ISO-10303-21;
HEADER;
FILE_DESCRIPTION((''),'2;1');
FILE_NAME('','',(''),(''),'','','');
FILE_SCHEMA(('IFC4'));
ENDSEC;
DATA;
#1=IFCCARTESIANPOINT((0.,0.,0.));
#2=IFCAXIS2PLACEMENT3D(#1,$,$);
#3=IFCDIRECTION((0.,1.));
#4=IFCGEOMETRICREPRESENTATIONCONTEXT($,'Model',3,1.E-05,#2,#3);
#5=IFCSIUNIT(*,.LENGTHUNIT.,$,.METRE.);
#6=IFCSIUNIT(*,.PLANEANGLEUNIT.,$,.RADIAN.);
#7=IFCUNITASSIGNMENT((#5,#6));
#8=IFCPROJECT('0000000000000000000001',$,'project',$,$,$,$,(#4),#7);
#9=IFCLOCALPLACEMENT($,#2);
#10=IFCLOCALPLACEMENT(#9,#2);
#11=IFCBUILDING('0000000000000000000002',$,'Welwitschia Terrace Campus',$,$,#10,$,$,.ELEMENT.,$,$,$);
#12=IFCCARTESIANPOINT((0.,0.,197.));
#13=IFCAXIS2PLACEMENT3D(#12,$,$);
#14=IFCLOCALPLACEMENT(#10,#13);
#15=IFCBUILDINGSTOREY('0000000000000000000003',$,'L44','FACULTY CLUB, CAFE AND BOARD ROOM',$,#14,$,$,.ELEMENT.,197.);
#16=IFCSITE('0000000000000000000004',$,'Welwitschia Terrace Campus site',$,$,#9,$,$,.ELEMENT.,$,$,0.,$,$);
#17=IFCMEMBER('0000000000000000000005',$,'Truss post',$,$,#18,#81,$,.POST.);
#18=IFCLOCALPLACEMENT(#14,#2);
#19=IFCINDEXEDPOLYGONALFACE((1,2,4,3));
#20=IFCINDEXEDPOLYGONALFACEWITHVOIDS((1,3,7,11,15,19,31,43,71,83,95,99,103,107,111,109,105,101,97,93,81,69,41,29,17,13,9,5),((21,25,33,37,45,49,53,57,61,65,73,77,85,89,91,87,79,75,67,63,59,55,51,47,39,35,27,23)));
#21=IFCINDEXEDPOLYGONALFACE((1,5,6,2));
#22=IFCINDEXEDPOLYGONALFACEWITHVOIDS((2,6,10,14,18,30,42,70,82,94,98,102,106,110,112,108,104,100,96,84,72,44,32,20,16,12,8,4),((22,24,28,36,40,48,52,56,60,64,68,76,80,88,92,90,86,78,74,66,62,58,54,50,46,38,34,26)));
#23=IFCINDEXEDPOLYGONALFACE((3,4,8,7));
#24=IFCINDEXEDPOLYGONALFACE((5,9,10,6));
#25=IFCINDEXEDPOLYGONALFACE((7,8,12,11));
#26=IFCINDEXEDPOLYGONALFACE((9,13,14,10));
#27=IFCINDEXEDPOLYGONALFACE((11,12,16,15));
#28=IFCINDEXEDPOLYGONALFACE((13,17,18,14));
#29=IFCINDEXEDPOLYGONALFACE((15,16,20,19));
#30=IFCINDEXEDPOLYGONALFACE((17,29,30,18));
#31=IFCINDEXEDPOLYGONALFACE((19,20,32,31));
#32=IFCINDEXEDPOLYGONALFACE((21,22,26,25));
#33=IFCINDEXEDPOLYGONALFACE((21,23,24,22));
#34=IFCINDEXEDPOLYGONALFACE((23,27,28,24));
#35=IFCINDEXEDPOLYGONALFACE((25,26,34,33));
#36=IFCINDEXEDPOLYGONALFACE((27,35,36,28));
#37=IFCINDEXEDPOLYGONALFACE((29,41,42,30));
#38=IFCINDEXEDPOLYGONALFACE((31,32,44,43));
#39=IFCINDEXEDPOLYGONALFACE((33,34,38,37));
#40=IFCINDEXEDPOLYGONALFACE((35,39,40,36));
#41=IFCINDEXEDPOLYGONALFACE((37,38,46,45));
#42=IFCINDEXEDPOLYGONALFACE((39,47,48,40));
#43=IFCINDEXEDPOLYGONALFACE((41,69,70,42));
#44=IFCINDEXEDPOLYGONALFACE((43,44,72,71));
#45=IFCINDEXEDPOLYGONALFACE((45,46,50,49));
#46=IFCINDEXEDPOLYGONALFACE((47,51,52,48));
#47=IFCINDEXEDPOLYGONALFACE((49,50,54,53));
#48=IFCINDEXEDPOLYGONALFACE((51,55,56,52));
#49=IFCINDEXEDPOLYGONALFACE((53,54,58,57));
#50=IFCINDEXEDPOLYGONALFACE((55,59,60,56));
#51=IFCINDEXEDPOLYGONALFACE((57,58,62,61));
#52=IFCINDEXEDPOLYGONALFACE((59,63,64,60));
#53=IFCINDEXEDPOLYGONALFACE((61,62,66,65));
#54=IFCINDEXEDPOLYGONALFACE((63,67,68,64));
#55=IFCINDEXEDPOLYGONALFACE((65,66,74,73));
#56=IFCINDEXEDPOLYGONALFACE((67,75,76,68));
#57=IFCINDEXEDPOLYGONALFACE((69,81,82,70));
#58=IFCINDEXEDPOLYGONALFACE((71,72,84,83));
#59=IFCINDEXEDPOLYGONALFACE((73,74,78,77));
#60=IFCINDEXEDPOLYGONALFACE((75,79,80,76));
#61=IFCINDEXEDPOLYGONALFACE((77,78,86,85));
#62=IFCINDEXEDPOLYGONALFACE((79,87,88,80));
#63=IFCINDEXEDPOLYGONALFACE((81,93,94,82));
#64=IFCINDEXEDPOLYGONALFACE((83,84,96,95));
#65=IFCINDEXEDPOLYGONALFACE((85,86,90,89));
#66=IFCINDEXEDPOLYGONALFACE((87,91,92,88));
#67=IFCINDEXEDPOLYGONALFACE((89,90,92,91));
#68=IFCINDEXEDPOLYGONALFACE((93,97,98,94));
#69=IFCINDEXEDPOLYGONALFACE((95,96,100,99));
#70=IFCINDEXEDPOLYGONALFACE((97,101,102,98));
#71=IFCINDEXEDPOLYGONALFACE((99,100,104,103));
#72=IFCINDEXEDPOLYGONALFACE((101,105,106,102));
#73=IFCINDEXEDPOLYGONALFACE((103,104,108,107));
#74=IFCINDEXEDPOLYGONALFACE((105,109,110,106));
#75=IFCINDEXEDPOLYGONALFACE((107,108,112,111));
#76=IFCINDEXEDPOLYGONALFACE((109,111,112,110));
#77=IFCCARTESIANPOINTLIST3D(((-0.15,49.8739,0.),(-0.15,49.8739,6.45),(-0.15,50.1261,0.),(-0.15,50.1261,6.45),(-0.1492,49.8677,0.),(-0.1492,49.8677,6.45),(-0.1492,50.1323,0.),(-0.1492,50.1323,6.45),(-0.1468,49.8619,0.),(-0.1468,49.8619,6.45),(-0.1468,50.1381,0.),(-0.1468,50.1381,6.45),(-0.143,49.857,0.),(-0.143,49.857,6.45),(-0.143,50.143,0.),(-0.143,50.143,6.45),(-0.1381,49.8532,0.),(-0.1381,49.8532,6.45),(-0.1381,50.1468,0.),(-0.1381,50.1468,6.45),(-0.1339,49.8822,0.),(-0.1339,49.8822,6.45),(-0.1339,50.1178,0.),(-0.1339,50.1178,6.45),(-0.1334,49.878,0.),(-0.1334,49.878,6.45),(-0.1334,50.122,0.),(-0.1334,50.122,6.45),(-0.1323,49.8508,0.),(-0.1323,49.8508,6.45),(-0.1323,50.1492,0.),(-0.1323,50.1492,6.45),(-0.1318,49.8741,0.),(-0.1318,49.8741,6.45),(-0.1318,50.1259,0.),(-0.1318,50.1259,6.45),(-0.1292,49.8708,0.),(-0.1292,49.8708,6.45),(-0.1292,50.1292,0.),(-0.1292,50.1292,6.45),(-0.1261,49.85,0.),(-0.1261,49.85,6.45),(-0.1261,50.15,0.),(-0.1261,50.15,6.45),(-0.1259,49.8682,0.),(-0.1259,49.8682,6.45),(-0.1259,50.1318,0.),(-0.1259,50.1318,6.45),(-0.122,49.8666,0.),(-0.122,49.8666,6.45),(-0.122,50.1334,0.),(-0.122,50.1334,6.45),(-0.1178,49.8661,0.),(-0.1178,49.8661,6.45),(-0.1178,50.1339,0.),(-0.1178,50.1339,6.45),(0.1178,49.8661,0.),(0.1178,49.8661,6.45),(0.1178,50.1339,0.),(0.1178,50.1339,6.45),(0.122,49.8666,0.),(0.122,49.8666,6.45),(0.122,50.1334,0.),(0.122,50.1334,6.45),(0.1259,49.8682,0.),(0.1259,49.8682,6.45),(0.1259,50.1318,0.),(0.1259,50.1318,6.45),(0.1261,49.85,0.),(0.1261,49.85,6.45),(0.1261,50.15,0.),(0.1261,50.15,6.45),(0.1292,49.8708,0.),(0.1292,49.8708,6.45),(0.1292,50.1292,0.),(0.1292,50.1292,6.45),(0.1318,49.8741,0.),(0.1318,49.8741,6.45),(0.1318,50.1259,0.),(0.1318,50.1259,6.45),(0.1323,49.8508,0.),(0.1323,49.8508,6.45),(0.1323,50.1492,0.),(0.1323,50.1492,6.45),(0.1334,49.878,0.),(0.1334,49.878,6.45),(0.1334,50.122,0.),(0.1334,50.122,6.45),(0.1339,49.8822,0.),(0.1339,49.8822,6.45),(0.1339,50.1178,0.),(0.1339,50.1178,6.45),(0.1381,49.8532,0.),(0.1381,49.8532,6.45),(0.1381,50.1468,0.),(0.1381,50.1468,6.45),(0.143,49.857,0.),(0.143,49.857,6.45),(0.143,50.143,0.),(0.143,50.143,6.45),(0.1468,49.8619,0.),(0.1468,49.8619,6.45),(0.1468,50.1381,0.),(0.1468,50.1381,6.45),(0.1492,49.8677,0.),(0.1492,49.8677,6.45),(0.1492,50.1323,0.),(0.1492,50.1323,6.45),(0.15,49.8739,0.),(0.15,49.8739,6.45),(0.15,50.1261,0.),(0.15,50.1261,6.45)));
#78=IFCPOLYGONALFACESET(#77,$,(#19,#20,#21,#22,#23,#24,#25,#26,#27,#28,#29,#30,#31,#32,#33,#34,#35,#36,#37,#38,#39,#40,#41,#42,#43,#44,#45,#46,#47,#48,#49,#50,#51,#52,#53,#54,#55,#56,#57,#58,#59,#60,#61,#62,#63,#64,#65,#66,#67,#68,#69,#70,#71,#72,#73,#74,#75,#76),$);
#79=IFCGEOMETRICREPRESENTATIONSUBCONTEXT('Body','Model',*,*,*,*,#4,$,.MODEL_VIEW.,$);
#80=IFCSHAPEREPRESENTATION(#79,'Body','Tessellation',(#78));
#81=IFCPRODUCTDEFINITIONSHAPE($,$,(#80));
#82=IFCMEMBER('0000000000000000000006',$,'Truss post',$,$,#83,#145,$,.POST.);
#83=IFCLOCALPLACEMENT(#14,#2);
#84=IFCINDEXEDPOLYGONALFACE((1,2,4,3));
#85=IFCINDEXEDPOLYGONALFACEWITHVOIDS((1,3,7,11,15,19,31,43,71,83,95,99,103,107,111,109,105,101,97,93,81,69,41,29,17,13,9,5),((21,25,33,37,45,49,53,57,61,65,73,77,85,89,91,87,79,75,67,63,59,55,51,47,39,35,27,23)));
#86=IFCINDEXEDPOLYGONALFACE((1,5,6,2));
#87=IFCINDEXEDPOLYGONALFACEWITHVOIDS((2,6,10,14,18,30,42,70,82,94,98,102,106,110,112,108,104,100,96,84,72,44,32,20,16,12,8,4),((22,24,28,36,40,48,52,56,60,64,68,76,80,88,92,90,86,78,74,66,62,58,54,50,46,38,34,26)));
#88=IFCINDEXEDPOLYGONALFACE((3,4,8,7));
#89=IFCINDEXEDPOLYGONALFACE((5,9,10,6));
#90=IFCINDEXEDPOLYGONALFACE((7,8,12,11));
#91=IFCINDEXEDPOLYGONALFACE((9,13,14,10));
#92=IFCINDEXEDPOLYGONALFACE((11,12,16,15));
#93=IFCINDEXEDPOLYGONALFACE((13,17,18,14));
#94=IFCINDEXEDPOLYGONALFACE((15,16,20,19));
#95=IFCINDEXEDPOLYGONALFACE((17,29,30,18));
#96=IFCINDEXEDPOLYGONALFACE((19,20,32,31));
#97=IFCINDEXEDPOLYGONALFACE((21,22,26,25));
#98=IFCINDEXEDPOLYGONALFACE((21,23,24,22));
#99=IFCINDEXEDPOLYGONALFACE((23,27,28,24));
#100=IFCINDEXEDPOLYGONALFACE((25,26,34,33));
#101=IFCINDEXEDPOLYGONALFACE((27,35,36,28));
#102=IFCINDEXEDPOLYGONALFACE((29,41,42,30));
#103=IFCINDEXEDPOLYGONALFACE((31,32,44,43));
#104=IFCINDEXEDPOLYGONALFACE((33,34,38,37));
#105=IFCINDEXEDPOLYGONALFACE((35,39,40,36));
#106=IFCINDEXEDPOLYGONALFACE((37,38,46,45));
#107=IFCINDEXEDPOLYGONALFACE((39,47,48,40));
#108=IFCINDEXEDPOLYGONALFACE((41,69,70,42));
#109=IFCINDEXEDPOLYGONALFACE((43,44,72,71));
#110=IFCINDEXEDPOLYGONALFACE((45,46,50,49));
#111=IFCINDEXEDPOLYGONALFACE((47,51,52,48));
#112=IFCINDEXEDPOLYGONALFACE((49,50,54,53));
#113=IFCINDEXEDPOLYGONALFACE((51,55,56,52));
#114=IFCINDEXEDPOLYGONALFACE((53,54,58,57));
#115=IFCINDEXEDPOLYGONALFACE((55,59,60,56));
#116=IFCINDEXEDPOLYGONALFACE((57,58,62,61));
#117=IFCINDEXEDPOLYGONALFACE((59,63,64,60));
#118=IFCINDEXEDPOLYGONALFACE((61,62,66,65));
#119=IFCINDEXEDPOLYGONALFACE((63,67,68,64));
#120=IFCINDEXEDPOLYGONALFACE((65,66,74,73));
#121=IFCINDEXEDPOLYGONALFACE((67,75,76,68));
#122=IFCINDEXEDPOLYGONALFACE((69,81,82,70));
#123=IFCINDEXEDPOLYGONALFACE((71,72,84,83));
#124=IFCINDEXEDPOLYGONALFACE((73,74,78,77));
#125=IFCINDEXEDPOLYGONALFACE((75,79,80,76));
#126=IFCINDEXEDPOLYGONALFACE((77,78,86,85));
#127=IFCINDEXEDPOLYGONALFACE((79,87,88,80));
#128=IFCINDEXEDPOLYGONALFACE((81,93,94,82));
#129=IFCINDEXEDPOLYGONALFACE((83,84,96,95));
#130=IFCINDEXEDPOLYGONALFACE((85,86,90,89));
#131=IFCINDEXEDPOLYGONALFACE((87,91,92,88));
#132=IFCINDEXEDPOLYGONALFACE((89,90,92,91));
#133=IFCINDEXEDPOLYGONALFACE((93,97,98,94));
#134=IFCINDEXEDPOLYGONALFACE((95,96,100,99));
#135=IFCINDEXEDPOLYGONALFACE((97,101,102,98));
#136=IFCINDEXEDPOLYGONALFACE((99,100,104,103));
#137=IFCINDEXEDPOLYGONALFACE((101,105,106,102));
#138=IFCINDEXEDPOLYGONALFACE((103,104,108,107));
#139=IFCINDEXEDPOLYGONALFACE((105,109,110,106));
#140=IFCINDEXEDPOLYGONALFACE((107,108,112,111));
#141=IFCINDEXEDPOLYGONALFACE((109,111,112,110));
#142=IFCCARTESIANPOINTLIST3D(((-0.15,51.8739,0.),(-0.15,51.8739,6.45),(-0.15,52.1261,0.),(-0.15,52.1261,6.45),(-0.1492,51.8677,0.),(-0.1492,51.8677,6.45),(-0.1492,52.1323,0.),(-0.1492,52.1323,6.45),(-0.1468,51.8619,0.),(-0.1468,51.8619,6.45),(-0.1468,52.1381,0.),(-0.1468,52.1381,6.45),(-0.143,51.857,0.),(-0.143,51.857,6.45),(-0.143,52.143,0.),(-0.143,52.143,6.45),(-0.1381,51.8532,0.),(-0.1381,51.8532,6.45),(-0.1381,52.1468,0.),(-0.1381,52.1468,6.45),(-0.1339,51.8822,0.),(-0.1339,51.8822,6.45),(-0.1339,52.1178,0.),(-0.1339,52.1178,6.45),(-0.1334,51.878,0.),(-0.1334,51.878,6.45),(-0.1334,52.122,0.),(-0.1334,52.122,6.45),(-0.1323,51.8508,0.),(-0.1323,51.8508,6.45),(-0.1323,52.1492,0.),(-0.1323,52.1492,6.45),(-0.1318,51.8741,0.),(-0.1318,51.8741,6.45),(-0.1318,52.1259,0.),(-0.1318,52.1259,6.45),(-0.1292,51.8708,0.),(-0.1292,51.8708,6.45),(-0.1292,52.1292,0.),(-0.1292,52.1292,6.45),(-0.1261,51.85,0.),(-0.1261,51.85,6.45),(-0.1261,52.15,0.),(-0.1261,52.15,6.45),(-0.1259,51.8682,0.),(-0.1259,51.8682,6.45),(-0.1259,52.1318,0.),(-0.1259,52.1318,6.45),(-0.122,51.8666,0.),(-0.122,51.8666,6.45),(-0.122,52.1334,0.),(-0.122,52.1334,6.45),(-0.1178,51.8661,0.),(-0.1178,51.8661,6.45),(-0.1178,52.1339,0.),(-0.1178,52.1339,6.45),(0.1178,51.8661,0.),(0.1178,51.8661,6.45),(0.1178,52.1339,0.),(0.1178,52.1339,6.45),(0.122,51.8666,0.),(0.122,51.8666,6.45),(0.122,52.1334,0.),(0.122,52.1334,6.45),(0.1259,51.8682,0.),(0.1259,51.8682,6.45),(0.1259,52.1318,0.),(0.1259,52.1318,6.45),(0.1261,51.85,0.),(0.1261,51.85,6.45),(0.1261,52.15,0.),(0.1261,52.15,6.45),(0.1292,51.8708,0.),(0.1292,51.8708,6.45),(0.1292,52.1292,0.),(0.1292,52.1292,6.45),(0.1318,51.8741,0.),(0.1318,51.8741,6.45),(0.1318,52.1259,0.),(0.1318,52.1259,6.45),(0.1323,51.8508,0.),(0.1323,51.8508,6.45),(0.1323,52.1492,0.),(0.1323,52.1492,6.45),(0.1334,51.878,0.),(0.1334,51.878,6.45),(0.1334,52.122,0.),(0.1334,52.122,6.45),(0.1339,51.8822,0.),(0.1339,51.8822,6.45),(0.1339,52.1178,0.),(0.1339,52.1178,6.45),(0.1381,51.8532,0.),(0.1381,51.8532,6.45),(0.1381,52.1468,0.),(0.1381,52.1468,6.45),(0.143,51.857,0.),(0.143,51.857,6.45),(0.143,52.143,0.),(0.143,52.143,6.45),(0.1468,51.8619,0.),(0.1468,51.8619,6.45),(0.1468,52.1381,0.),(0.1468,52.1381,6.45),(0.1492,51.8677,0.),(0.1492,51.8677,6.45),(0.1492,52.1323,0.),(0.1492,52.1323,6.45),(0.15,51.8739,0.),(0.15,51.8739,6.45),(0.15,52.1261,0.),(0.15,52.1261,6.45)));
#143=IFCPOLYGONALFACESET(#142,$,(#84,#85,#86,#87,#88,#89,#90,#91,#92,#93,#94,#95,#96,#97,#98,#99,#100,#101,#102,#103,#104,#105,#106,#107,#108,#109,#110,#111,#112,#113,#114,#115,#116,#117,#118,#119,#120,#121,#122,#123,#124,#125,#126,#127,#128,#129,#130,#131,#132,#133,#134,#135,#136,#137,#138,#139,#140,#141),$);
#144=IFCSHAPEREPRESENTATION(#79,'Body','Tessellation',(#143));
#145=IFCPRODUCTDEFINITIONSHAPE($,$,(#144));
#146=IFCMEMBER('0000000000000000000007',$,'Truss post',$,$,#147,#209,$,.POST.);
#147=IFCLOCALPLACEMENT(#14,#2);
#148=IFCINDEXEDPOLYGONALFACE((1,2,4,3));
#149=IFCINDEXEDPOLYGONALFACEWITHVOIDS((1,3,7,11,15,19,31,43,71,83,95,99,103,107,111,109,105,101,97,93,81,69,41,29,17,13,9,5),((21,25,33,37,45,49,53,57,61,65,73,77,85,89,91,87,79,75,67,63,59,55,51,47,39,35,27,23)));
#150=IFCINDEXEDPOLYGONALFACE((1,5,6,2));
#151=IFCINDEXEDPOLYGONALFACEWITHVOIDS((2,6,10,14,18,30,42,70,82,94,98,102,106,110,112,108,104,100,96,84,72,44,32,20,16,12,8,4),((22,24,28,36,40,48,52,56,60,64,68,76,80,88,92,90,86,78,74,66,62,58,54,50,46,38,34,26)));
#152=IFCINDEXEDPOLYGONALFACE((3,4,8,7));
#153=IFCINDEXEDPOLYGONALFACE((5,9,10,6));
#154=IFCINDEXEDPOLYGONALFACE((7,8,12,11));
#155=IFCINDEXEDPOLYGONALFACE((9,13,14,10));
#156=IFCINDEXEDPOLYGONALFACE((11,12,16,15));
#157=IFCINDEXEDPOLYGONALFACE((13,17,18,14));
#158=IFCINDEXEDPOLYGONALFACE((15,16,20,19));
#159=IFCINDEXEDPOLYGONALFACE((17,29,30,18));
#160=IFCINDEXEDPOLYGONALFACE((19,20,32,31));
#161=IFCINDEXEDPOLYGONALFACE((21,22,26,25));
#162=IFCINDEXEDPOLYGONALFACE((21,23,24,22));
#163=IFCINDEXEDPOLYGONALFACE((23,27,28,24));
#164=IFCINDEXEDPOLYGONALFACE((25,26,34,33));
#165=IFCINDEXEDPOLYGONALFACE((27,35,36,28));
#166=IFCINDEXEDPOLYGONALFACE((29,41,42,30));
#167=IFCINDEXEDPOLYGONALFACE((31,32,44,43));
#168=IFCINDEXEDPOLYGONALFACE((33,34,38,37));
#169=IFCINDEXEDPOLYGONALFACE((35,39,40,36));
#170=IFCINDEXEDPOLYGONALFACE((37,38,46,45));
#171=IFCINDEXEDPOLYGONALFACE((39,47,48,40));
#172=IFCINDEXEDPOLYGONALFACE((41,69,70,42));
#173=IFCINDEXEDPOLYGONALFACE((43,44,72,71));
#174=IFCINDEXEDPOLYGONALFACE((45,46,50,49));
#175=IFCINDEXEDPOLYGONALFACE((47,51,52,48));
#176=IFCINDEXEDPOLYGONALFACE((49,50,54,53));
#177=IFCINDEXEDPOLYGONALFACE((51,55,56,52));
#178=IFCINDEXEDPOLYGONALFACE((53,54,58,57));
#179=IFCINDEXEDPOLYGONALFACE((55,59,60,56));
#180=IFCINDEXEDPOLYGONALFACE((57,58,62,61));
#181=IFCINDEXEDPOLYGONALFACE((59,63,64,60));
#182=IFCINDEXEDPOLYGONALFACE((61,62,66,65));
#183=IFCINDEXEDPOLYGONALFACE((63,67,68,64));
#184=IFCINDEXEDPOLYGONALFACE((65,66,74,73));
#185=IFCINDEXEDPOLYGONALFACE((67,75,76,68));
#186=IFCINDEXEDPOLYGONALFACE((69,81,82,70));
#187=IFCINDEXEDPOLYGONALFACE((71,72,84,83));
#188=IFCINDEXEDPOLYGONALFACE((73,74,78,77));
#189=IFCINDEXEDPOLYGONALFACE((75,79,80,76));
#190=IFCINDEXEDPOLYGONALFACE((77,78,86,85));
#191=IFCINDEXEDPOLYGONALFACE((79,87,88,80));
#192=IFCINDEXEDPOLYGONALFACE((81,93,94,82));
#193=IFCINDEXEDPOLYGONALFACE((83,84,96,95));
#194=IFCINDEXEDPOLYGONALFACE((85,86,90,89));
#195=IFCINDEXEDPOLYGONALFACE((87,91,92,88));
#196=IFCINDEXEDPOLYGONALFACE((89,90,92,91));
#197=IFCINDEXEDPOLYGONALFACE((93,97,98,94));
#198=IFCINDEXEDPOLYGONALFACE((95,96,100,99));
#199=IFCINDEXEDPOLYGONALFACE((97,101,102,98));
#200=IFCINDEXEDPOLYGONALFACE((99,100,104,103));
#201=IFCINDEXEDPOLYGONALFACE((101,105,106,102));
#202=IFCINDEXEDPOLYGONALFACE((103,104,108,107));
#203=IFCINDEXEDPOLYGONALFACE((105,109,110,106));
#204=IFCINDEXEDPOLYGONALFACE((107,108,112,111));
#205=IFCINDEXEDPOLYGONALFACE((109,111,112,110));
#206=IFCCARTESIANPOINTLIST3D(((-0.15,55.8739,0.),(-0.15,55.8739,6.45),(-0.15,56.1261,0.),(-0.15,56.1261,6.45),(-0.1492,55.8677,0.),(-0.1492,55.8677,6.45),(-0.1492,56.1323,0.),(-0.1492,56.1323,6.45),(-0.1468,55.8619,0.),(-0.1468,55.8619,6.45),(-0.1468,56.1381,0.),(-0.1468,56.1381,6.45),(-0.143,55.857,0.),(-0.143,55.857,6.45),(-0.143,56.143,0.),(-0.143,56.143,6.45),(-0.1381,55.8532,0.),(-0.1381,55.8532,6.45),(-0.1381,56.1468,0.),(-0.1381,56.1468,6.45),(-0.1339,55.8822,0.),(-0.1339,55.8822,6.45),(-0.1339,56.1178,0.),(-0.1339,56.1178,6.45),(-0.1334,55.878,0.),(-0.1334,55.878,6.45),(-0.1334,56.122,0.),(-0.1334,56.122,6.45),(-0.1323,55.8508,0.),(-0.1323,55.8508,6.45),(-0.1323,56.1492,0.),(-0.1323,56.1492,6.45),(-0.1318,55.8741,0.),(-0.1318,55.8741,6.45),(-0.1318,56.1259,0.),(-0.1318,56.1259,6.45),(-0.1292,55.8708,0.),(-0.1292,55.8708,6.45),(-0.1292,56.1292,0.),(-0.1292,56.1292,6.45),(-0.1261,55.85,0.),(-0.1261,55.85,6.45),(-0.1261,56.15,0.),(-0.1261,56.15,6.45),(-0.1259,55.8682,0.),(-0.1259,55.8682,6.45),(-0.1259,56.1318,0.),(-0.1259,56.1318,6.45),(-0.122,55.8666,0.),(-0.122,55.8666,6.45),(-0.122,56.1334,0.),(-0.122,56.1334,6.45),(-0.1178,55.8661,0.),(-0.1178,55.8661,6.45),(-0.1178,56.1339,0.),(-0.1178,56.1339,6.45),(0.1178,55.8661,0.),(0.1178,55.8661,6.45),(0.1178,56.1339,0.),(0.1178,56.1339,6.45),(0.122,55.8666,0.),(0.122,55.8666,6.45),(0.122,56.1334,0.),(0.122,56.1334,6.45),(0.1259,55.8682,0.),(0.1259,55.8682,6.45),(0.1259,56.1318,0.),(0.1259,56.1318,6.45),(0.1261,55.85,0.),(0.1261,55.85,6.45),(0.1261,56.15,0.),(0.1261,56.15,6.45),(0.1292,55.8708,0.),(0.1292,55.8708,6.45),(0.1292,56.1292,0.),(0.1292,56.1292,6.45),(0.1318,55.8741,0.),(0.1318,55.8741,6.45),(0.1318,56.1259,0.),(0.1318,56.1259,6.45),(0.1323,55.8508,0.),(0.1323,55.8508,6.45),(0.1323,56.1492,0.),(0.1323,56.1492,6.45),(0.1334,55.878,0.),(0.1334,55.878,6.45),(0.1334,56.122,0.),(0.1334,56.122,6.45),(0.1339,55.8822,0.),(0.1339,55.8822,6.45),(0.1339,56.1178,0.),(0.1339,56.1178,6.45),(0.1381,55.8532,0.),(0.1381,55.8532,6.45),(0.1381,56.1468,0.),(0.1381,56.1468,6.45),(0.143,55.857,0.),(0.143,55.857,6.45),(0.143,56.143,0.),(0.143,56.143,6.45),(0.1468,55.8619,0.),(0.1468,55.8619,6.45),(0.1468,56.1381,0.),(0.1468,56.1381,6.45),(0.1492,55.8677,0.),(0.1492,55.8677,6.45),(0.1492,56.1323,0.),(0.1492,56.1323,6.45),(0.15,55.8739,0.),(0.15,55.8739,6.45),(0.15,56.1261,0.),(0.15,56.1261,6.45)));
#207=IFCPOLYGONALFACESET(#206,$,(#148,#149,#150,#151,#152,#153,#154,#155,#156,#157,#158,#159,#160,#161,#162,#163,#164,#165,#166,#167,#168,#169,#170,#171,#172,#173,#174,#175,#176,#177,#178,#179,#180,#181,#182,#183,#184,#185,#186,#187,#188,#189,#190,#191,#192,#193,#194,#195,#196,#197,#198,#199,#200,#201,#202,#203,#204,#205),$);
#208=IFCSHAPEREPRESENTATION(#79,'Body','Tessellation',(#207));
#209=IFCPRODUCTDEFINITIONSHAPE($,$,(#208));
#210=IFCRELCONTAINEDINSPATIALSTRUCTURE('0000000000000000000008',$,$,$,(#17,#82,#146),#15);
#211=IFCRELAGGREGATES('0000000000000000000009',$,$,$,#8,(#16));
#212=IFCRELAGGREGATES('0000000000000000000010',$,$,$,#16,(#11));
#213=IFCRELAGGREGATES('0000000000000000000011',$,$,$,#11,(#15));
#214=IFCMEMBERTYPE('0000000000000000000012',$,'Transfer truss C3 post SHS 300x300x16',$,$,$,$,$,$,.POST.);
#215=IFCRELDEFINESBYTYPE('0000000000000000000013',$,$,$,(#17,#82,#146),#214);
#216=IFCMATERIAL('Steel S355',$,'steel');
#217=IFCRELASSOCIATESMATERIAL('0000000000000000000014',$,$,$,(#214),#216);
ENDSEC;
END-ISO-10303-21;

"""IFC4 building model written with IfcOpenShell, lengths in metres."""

from ifc_helpers import new_model, si_unit, direction, frame, origin, origin_2d, place, context, subcontext, project, spatial, hollow_rectangle, extrude, material, material_profile, profile_set, type_object, element, save


model = new_model("IFC4")

# Units and contexts
model_context = context("Model", 3, precision=1e-05, world=origin(), true_north=direction((0.0, 1.0)))
body_context = subcontext(model_context, "Body", "Model", "MODEL_VIEW")
ifc_project = project(units=[si_unit("LENGTHUNIT", "METRE"), si_unit("PLANEANGLEUNIT", "RADIAN")], contexts=[model_context])

# Site, building, storey
site_placement = place(None, origin())
site = spatial("IfcSite", under=ifc_project, at=site_placement, Name="Welwitschia Terrace Campus site", CompositionType="ELEMENT", RefElevation=0.0)
building_placement = place(site_placement, origin())
building = spatial("IfcBuilding", under=site, at=building_placement, Name="Welwitschia Terrace Campus", CompositionType="ELEMENT")
storey_placement = place(building_placement, frame((0.0, 0.0, 197.0)))
storey = spatial("IfcBuildingStorey", under=building, at=storey_placement, Name="L44", Description="FACULTY CLUB, CAFE AND BOARD ROOM", CompositionType="ELEMENT", Elevation=197.0)

# Members
ifc_material_1 = material(Name="Steel S355", Category="steel")
ifc_material_profile_1 = material_profile(ifc_material_1, hollow_rectangle(XDim=0.3, YDim=0.3, WallThickness=0.0161, InnerFilletRadius=0.0161, OuterFilletRadius=0.0239, at=origin_2d()))
ifc_profile_set_1 = profile_set([ifc_material_profile_1], Name="Steel S355")
member_type_1 = type_object("IfcMemberType", Name="Transfer truss C3 post SHS 300x300x16", PredefinedType="POST", material=ifc_profile_set_1)
for number, where, z_axis, x_axis, name in (
    (1, (0.0, 50.0, 0.0), (0.0, 0.0, 1.0), (1.0, 0.0, 0.0), "Truss post"),
    (2, (0.0, 52.0, 0.0), (0.0, 0.0, 1.0), (1.0, 0.0, 0.0), "Truss post"),
    (3, (0.0, 56.0, 0.0), (0.0, 0.0, 1.0), (1.0, 0.0, 0.0), "Truss post"),
):
    element("IfcMember", number, at=place(storey_placement, frame(where, z_axis=z_axis, x_axis=x_axis)), inside=storey, type_object=member_type_1, Name=name, PredefinedType="POST", context=body_context, shape_type="SweptSolid", body=[
        extrude(hollow_rectangle(XDim=0.3, YDim=0.3, WallThickness=0.0161, InnerFilletRadius=0.0161, OuterFilletRadius=0.0239, at=origin_2d()), origin(), (0.0, 0.0, 1.0), 6.45),
    ])

save(model, "model.ifc")
